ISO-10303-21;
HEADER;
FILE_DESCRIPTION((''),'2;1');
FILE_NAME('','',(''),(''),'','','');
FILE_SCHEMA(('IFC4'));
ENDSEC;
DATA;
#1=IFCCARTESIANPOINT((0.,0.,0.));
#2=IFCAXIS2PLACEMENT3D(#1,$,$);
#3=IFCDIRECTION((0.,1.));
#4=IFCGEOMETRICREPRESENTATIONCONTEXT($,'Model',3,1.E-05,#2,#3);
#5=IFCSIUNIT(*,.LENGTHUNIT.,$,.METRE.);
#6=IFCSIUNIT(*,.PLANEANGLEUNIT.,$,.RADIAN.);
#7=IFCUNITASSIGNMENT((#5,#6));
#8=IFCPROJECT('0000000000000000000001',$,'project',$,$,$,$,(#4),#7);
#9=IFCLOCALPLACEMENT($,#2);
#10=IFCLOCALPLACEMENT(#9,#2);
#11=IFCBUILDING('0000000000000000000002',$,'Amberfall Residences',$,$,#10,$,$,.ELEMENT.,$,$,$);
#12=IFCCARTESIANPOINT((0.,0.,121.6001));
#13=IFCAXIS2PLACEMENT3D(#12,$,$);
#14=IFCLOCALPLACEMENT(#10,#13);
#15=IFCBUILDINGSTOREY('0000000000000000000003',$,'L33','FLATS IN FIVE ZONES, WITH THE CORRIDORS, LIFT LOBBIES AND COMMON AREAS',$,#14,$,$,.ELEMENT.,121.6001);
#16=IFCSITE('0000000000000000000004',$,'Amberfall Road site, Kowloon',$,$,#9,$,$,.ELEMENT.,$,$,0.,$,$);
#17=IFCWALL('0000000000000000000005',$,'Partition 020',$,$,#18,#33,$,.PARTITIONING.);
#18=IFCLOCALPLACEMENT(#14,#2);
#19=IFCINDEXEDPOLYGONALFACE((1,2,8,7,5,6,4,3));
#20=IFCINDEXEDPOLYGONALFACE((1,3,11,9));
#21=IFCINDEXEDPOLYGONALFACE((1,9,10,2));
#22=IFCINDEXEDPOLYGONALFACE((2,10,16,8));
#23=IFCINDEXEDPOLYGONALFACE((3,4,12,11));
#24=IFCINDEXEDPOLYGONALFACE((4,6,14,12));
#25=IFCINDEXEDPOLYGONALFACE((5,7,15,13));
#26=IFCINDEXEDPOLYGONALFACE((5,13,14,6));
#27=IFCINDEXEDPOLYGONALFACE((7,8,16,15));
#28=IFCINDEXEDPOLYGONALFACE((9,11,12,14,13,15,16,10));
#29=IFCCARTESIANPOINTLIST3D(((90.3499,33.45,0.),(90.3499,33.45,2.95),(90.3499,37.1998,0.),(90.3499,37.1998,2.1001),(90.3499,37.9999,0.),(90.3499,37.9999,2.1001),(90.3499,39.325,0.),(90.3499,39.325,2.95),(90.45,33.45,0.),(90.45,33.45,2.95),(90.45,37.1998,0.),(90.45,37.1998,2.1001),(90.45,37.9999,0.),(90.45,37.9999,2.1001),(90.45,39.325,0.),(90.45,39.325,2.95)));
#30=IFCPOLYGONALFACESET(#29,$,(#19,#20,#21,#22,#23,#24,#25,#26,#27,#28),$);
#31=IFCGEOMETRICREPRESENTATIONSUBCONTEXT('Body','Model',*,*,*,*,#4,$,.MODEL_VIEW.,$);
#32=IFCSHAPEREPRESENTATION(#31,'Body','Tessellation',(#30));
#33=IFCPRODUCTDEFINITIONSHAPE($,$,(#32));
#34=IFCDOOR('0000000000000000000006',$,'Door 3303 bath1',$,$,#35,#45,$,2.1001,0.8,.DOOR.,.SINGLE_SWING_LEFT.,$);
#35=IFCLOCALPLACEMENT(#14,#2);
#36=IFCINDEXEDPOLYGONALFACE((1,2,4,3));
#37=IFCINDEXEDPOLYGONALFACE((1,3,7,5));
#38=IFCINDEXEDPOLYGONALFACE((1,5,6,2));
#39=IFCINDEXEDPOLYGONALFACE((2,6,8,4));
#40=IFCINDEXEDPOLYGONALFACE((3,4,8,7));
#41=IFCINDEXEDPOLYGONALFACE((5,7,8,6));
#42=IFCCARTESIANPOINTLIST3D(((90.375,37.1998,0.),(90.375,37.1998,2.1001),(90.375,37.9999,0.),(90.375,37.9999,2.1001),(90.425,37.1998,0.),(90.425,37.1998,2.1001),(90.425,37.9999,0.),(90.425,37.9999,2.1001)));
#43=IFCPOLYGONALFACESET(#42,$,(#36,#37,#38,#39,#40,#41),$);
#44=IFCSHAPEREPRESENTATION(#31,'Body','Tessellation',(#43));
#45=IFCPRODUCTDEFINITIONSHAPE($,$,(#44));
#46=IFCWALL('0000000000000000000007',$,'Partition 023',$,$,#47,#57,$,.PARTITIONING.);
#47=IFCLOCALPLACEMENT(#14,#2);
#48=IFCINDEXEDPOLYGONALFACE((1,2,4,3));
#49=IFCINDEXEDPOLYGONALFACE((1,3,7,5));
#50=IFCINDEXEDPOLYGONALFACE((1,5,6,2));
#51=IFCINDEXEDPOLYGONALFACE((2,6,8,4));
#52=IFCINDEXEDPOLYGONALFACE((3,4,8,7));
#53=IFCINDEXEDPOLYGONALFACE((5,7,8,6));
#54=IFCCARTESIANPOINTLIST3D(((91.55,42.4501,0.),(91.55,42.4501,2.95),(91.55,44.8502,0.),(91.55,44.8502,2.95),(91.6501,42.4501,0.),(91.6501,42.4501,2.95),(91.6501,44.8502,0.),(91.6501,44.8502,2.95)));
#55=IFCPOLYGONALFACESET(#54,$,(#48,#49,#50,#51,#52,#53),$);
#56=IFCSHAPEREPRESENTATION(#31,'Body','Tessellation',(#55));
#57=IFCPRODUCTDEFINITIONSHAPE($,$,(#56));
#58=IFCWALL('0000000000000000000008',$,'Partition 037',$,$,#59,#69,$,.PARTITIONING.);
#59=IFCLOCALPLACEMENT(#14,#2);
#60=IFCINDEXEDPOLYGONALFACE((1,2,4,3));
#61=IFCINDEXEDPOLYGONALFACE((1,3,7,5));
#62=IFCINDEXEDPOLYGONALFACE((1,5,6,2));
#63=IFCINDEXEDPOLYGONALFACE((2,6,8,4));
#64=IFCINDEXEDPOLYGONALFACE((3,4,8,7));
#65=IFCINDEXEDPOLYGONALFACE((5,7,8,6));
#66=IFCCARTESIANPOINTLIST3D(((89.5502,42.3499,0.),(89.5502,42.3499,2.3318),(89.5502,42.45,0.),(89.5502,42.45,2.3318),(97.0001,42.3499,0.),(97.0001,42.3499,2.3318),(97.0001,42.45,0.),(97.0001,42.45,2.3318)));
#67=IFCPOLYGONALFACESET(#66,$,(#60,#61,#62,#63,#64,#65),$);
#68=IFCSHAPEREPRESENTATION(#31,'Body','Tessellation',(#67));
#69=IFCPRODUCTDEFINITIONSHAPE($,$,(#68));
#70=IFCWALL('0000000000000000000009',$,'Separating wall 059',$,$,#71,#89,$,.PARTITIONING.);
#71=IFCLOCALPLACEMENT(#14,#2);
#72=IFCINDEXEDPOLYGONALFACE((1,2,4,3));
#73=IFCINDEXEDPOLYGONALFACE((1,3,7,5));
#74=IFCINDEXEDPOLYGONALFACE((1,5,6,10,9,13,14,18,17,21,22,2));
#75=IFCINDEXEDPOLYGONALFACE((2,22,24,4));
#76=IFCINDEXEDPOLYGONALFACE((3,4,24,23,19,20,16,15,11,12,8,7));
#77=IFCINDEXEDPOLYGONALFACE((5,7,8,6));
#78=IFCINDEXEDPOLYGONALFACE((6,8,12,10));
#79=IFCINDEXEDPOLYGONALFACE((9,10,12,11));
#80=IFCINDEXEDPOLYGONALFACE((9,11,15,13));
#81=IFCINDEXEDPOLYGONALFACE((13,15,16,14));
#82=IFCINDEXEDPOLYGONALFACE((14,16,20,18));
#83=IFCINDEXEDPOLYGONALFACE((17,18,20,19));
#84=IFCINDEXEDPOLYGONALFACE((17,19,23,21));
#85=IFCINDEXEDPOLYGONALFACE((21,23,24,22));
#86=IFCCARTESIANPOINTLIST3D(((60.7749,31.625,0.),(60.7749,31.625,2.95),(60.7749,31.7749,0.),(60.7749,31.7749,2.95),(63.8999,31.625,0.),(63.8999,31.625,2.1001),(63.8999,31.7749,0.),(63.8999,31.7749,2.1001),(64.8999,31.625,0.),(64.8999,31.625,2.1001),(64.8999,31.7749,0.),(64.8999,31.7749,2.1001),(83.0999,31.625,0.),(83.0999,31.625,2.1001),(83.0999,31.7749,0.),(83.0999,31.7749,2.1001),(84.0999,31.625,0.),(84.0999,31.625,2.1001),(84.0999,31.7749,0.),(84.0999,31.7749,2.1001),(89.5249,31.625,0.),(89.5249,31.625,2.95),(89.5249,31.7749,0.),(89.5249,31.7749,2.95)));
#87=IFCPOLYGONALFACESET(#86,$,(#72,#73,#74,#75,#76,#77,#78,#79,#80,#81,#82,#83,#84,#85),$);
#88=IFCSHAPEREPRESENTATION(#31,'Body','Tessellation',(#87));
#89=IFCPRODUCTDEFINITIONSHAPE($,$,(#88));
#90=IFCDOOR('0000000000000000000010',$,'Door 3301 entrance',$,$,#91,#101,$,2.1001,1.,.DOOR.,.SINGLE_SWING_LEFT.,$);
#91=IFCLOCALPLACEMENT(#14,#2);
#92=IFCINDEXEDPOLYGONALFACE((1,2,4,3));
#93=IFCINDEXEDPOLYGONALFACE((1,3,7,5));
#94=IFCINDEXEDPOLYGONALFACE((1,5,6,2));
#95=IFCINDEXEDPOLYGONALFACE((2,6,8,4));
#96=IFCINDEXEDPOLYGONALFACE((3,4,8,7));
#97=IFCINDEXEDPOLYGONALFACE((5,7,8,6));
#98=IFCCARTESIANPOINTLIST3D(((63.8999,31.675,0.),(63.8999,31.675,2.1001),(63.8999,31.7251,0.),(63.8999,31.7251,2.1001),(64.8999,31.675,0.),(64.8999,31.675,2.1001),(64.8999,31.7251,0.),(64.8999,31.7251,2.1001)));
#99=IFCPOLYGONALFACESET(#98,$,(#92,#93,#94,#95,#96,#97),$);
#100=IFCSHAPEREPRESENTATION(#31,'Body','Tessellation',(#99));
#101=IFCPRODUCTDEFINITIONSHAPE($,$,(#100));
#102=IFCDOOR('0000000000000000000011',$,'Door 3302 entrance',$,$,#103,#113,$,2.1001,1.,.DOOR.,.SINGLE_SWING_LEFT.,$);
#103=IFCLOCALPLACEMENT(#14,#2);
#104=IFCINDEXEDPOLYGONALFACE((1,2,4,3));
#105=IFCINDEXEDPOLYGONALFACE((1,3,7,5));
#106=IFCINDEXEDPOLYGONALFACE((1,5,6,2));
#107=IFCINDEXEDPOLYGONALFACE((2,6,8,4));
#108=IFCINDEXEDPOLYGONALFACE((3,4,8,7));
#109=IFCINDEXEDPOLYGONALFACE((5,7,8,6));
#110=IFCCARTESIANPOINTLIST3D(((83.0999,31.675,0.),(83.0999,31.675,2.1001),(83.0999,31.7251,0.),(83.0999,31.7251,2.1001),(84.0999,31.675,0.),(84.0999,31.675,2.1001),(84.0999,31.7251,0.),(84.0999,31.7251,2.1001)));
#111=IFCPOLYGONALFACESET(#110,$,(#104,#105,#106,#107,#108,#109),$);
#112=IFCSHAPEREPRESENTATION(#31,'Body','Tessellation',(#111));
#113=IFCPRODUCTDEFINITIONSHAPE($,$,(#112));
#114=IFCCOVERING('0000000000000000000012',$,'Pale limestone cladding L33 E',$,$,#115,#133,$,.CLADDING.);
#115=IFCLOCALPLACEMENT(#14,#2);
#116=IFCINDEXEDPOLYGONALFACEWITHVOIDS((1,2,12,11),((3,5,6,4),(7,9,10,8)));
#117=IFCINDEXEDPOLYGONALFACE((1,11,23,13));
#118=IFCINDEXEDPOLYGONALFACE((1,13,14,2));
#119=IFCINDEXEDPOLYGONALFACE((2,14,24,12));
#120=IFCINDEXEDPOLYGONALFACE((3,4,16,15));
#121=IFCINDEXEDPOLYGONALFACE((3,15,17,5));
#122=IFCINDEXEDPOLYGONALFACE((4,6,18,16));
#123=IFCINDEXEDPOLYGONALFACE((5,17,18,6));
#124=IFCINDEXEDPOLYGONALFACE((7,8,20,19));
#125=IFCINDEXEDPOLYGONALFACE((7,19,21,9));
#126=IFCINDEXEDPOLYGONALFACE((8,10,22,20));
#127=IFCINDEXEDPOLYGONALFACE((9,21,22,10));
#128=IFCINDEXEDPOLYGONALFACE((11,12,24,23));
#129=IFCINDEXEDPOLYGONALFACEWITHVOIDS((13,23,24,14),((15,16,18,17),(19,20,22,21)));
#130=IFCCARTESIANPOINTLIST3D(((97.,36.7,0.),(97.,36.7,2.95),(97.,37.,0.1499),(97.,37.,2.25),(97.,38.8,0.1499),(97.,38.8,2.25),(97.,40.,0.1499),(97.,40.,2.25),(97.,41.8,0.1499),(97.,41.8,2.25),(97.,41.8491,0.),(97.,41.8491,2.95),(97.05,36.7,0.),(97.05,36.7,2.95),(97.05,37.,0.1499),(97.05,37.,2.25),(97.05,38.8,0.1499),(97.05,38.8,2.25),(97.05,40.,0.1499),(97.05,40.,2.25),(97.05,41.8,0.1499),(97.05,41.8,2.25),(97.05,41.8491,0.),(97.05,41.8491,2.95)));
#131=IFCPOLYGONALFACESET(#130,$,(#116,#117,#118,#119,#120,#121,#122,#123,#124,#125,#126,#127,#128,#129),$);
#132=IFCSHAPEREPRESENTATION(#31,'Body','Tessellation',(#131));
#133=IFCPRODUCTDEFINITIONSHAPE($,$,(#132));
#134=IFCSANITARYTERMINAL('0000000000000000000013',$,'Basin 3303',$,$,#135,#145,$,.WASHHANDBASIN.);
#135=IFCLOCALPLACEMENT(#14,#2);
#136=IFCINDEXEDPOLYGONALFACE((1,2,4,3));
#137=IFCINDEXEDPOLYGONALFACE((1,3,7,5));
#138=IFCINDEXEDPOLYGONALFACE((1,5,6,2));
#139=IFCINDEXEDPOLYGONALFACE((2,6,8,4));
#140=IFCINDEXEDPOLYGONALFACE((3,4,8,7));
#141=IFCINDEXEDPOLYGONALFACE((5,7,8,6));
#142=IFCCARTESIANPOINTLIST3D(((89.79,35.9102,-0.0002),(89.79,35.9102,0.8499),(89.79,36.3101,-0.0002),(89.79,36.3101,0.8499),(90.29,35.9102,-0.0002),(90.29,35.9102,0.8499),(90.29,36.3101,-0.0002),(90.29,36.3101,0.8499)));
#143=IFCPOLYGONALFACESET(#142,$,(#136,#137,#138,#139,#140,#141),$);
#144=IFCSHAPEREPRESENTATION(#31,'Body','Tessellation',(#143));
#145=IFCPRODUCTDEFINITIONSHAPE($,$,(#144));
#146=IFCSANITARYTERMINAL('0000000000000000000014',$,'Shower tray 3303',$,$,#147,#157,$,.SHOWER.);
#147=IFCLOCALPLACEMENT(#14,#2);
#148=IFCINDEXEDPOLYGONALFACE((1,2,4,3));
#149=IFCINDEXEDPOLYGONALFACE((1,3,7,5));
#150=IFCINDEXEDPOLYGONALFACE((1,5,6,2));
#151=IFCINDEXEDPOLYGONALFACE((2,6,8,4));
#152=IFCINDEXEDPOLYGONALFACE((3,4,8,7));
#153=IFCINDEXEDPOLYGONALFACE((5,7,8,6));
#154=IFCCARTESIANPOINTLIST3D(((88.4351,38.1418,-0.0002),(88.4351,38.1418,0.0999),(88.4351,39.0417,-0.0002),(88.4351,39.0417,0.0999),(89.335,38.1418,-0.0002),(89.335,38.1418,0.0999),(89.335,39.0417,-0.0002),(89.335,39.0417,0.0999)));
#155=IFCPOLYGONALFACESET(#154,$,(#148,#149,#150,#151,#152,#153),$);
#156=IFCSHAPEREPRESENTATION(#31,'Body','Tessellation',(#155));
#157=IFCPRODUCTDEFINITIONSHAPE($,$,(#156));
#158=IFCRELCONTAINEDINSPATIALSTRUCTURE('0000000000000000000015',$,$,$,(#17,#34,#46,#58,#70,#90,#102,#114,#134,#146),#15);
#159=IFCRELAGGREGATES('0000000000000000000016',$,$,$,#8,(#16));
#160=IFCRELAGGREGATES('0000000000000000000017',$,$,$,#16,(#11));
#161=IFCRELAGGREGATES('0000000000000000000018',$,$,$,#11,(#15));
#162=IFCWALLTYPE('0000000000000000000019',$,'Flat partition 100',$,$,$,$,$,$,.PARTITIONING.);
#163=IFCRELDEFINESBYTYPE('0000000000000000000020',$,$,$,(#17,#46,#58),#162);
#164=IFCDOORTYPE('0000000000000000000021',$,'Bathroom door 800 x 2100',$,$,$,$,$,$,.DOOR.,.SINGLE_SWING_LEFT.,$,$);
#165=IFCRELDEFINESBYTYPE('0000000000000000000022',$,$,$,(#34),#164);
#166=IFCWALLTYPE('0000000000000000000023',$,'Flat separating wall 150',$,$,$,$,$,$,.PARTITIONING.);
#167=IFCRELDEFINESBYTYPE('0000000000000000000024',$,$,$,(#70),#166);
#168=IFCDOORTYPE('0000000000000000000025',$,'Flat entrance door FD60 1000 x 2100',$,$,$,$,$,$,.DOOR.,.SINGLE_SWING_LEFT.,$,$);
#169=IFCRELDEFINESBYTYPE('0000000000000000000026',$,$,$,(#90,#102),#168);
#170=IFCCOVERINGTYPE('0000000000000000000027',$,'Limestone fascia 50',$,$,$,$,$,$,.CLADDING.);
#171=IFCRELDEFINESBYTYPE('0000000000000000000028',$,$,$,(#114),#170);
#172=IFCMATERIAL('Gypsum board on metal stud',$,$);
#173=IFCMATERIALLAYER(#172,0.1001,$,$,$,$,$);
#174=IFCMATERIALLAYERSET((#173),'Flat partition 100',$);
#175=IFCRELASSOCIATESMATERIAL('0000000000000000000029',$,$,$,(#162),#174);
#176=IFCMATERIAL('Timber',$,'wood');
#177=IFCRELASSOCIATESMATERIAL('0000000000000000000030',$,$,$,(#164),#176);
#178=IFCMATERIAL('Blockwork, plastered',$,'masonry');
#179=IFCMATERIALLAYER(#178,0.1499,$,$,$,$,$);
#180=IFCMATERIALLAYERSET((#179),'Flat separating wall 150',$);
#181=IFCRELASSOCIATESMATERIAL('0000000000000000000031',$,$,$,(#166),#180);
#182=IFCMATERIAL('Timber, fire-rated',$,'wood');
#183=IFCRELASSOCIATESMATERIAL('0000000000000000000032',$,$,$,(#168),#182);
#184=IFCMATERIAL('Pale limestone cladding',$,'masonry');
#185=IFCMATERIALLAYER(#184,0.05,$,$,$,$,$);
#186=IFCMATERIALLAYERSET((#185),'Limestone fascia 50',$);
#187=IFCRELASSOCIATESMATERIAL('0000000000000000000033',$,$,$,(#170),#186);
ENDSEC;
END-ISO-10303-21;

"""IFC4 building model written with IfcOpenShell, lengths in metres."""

from ifc_helpers import new_model, si_unit, direction, frame, frame_2d, origin, origin_2d, place, context, subcontext, project, spatial, polyline, rectangle, outline, extrude, material, layer, layer_set, type_object, element, fill, save


model = new_model("IFC4")

# Units and contexts
model_context = context("Model", 3, precision=1e-05, world=origin(), true_north=direction((0.0, 1.0)))
body_context = subcontext(model_context, "Body", "Model", "MODEL_VIEW")
ifc_project = project(units=[si_unit("LENGTHUNIT", "METRE"), si_unit("PLANEANGLEUNIT", "RADIAN")], contexts=[model_context])

# Site, building, storey
site_placement = place(None, origin())
site = spatial("IfcSite", under=ifc_project, at=site_placement, Name="Amberfall Road site, Kowloon", CompositionType="ELEMENT", RefElevation=0.0)
building_placement = place(site_placement, origin())
building = spatial("IfcBuilding", under=site, at=building_placement, Name="Amberfall Residences", CompositionType="ELEMENT")
storey_placement = place(building_placement, frame((0.0, 0.0, 121.6001)))
storey = spatial("IfcBuildingStorey", under=building, at=storey_placement, Name="L33", Description="FLATS IN FIVE ZONES, WITH THE CORRIDORS, LIFT LOBBIES AND COMMON AREAS", CompositionType="ELEMENT", Elevation=121.6001)

# Wall, opening, door
ifc_material_1 = material(Name="Gypsum board on metal stud")
ifc_layer_1 = layer(ifc_material_1, 0.1001)
ifc_layer_set_1 = layer_set([ifc_layer_1], Name="Flat partition 100")
wall_type_1 = type_object("IfcWallType", Name="Flat partition 100", PredefinedType="PARTITIONING", material=ifc_layer_set_1)
wall_1_placement = place(storey_placement, frame((90.3999, 33.45, 0.0), z_axis=(0.0, 0.0, 1.0), x_axis=(0.0, 1.0, 0.0)))
wall_1 = element("IfcWall", 1, at=wall_1_placement, inside=storey, type_object=wall_type_1, Name="Partition 020", PredefinedType="PARTITIONING", context=body_context, shape_type="SweptSolid", body=[
    extrude(rectangle(XDim=5.875, YDim=0.1001, at=frame_2d((2.9375, 0.0))), origin(), (0.0, 0.0, 1.0), 2.95),
])
opening_1_placement = place(wall_1_placement, frame((3.75, 0.0, 0.0)))
opening_1 = element("IfcOpeningElement", 2, at=opening_1_placement, cuts=wall_1, PredefinedType="OPENING", context=body_context, shape_type="SweptSolid", body=[
    extrude(rectangle(XDim=0.8, YDim=2.1001, at=frame_2d((0.3999, 1.05))), frame((0.0, 0.0601, 0.0), z_axis=(0.0, -1.0, 0.0), x_axis=(1.0, 0.0, 0.0)), (0.0, 0.0, 1.0), 0.1201),
])
ifc_material_2 = material(Name="Timber", Category="wood")
door_type_1 = type_object("IfcDoorType", Name="Bathroom door 800 x 2100", OperationType="SINGLE_SWING_LEFT", PredefinedType="DOOR", material=ifc_material_2)
door_1_placement = place(opening_1_placement, origin())
door_1 = element("IfcDoor", 3, at=door_1_placement, inside=storey, type_object=door_type_1, Name="Door 3303 bath1", OperationType="SINGLE_SWING_LEFT", OverallHeight=2.1001, OverallWidth=0.8, PredefinedType="DOOR", context=body_context, shape_type="SweptSolid", body=[
    extrude(rectangle(XDim=0.8, YDim=2.1001, at=frame_2d((0.3999, 1.05))), frame((0.0, 0.0249, 0.0), z_axis=(0.0, -1.0, 0.0), x_axis=(1.0, 0.0, 0.0)), (0.0, 0.0, 1.0), 0.05),
])
fill(opening_1, door_1)

# Walls
wall_2_placement = place(storey_placement, frame((91.6001, 42.45, 0.0), z_axis=(0.0, 0.0, 1.0), x_axis=(0.0, 1.0, 0.0)))
element("IfcWall", 4, at=wall_2_placement, inside=storey, type_object=wall_type_1, Name="Partition 023", PredefinedType="PARTITIONING", context=body_context, shape_type="SweptSolid", body=[
    extrude(rectangle(XDim=2.4001, YDim=0.1001, at=frame_2d((1.2002, 0.0))), origin(), (0.0, 0.0, 1.0), 2.95),
])
wall_3_placement = place(storey_placement, frame((89.55, 42.3999, 0.0), z_axis=(0.0, 0.0, 1.0), x_axis=(1.0, 0.0, 0.0)))
element("IfcWall", 5, at=wall_3_placement, inside=storey, type_object=wall_type_1, Name="Partition 037", PredefinedType="PARTITIONING", context=body_context, shape_type="SweptSolid", body=[
    extrude(rectangle(XDim=7.45, YDim=0.1001, at=frame_2d((3.7251, 0.0))), origin(), (0.0, 0.0, 1.0), 2.3318),
])

# Wall, openings, doors
ifc_material_3 = material(Name="Blockwork, plastered", Category="masonry")
ifc_layer_2 = layer(ifc_material_3, 0.1499)
ifc_layer_set_2 = layer_set([ifc_layer_2], Name="Flat separating wall 150")
wall_type_2 = type_object("IfcWallType", Name="Flat separating wall 150", PredefinedType="PARTITIONING", material=ifc_layer_set_2)
wall_4_placement = place(storey_placement, frame((89.5249, 31.7, 0.0), z_axis=(0.0, 0.0, 1.0), x_axis=(-1.0, 0.0, 0.0)))
wall_4 = element("IfcWall", 6, at=wall_4_placement, inside=storey, type_object=wall_type_2, Name="Separating wall 059", PredefinedType="PARTITIONING", context=body_context, shape_type="SweptSolid", body=[
    extrude(rectangle(XDim=28.75, YDim=0.1499, at=frame_2d((14.375, 0.0))), origin(), (0.0, 0.0, 1.0), 2.95),
])
opening_2_placement = place(wall_4_placement, frame((24.625, 0.0, 0.0)))
opening_2 = element("IfcOpeningElement", 7, at=opening_2_placement, cuts=wall_4, PredefinedType="OPENING", context=body_context, shape_type="SweptSolid", body=[
    extrude(rectangle(XDim=1.0, YDim=2.1001, at=frame_2d((0.5, 1.05))), frame((0.0, 0.085, 0.0), z_axis=(0.0, -1.0, 0.0), x_axis=(1.0, 0.0, 0.0)), (0.0, 0.0, 1.0), 0.1699),
])
opening_3_placement = place(wall_4_placement, frame((5.425, 0.0, 0.0)))
opening_3 = element("IfcOpeningElement", 8, at=opening_3_placement, cuts=wall_4, PredefinedType="OPENING", context=body_context, shape_type="SweptSolid", body=[
    extrude(rectangle(XDim=1.0, YDim=2.1001, at=frame_2d((0.5, 1.05))), frame((0.0, 0.085, 0.0), z_axis=(0.0, -1.0, 0.0), x_axis=(1.0, 0.0, 0.0)), (0.0, 0.0, 1.0), 0.1699),
])
ifc_material_4 = material(Name="Timber, fire-rated", Category="wood")
door_type_2 = type_object("IfcDoorType", Name="Flat entrance door FD60 1000 x 2100", OperationType="SINGLE_SWING_LEFT", PredefinedType="DOOR", material=ifc_material_4)
door_2_placement = place(opening_2_placement, origin())
door_2 = element("IfcDoor", 9, at=door_2_placement, inside=storey, type_object=door_type_2, Name="Door 3301 entrance", OperationType="SINGLE_SWING_LEFT", OverallHeight=2.1001, OverallWidth=1.0, PredefinedType="DOOR", context=body_context, shape_type="SweptSolid", body=[
    extrude(rectangle(XDim=1.0, YDim=2.1001, at=frame_2d((0.5, 1.05))), frame((0.0, 0.0249, 0.0), z_axis=(0.0, -1.0, 0.0), x_axis=(1.0, 0.0, 0.0)), (0.0, 0.0, 1.0), 0.05),
])
fill(opening_2, door_2)
door_3_placement = place(opening_3_placement, origin())
door_3 = element("IfcDoor", 10, at=door_3_placement, inside=storey, type_object=door_type_2, Name="Door 3302 entrance", OperationType="SINGLE_SWING_LEFT", OverallHeight=2.1001, OverallWidth=1.0, PredefinedType="DOOR", context=body_context, shape_type="SweptSolid", body=[
    extrude(rectangle(XDim=1.0, YDim=2.1001, at=frame_2d((0.5, 1.05))), frame((0.0, 0.0249, 0.0), z_axis=(0.0, -1.0, 0.0), x_axis=(1.0, 0.0, 0.0)), (0.0, 0.0, 1.0), 0.05),
])
fill(opening_3, door_3)

# Covering
ifc_material_5 = material(Name="Pale limestone cladding", Category="masonry")
ifc_layer_3 = layer(ifc_material_5, 0.05)
ifc_layer_set_3 = layer_set([ifc_layer_3], Name="Limestone fascia 50")
covering_type = type_object("IfcCoveringType", Name="Limestone fascia 50", PredefinedType="CLADDING", material=ifc_layer_set_3)
covering_placement = place(storey_placement, frame((97.0, 36.7, 2.95), z_axis=(-1.0, 0.0, 0.0), x_axis=(0.0, 1.0, 0.0)))
element("IfcCovering", 11, at=covering_placement, inside=storey, type_object=covering_type, Name="Pale limestone cladding L33 E", PredefinedType="CLADDING", context=body_context, shape_type="SweptSolid", body=[
    extrude(outline(polyline([(0.0, 0.0), (5.1492, 0.0), (5.1492, 2.95), (0.0, 2.95), (0.0, 0.0)]), holes=[polyline([(0.3, 0.7), (2.1001, 0.7), (2.1001, 2.8), (0.3, 2.8), (0.3, 0.7)]), polyline([(3.3, 0.7), (5.1001, 0.7), (5.1001, 2.8), (3.3, 2.8), (3.3, 0.7)])]), origin(), (0.0, 0.0, -1.0), 0.05),
])

# Sanitary terminals
sanitary_terminal_1_placement = place(storey_placement, frame((90.04, 36.1101, -0.0002), z_axis=(0.0, 0.0, 1.0), x_axis=(1.0, 0.0, 0.0)))
element("IfcSanitaryTerminal", 12, at=sanitary_terminal_1_placement, inside=storey, Name="Basin 3303", PredefinedType="WASHHANDBASIN", context=body_context, shape_type="SweptSolid", body=[
    extrude(rectangle(XDim=0.5, YDim=0.3999, at=origin_2d()), origin(), (0.0, 0.0, 1.0), 0.8501),
])
sanitary_terminal_2_placement = place(storey_placement, frame((88.885, 38.5918, -0.0002), z_axis=(0.0, 0.0, 1.0), x_axis=(1.0, 0.0, 0.0)))
element("IfcSanitaryTerminal", 13, at=sanitary_terminal_2_placement, inside=storey, Name="Shower tray 3303", PredefinedType="SHOWER", context=body_context, shape_type="SweptSolid", body=[
    extrude(rectangle(XDim=0.8999, YDim=0.8999, at=origin_2d()), origin(), (0.0, 0.0, 1.0), 0.1001),
])

save(model, "model.ifc")
